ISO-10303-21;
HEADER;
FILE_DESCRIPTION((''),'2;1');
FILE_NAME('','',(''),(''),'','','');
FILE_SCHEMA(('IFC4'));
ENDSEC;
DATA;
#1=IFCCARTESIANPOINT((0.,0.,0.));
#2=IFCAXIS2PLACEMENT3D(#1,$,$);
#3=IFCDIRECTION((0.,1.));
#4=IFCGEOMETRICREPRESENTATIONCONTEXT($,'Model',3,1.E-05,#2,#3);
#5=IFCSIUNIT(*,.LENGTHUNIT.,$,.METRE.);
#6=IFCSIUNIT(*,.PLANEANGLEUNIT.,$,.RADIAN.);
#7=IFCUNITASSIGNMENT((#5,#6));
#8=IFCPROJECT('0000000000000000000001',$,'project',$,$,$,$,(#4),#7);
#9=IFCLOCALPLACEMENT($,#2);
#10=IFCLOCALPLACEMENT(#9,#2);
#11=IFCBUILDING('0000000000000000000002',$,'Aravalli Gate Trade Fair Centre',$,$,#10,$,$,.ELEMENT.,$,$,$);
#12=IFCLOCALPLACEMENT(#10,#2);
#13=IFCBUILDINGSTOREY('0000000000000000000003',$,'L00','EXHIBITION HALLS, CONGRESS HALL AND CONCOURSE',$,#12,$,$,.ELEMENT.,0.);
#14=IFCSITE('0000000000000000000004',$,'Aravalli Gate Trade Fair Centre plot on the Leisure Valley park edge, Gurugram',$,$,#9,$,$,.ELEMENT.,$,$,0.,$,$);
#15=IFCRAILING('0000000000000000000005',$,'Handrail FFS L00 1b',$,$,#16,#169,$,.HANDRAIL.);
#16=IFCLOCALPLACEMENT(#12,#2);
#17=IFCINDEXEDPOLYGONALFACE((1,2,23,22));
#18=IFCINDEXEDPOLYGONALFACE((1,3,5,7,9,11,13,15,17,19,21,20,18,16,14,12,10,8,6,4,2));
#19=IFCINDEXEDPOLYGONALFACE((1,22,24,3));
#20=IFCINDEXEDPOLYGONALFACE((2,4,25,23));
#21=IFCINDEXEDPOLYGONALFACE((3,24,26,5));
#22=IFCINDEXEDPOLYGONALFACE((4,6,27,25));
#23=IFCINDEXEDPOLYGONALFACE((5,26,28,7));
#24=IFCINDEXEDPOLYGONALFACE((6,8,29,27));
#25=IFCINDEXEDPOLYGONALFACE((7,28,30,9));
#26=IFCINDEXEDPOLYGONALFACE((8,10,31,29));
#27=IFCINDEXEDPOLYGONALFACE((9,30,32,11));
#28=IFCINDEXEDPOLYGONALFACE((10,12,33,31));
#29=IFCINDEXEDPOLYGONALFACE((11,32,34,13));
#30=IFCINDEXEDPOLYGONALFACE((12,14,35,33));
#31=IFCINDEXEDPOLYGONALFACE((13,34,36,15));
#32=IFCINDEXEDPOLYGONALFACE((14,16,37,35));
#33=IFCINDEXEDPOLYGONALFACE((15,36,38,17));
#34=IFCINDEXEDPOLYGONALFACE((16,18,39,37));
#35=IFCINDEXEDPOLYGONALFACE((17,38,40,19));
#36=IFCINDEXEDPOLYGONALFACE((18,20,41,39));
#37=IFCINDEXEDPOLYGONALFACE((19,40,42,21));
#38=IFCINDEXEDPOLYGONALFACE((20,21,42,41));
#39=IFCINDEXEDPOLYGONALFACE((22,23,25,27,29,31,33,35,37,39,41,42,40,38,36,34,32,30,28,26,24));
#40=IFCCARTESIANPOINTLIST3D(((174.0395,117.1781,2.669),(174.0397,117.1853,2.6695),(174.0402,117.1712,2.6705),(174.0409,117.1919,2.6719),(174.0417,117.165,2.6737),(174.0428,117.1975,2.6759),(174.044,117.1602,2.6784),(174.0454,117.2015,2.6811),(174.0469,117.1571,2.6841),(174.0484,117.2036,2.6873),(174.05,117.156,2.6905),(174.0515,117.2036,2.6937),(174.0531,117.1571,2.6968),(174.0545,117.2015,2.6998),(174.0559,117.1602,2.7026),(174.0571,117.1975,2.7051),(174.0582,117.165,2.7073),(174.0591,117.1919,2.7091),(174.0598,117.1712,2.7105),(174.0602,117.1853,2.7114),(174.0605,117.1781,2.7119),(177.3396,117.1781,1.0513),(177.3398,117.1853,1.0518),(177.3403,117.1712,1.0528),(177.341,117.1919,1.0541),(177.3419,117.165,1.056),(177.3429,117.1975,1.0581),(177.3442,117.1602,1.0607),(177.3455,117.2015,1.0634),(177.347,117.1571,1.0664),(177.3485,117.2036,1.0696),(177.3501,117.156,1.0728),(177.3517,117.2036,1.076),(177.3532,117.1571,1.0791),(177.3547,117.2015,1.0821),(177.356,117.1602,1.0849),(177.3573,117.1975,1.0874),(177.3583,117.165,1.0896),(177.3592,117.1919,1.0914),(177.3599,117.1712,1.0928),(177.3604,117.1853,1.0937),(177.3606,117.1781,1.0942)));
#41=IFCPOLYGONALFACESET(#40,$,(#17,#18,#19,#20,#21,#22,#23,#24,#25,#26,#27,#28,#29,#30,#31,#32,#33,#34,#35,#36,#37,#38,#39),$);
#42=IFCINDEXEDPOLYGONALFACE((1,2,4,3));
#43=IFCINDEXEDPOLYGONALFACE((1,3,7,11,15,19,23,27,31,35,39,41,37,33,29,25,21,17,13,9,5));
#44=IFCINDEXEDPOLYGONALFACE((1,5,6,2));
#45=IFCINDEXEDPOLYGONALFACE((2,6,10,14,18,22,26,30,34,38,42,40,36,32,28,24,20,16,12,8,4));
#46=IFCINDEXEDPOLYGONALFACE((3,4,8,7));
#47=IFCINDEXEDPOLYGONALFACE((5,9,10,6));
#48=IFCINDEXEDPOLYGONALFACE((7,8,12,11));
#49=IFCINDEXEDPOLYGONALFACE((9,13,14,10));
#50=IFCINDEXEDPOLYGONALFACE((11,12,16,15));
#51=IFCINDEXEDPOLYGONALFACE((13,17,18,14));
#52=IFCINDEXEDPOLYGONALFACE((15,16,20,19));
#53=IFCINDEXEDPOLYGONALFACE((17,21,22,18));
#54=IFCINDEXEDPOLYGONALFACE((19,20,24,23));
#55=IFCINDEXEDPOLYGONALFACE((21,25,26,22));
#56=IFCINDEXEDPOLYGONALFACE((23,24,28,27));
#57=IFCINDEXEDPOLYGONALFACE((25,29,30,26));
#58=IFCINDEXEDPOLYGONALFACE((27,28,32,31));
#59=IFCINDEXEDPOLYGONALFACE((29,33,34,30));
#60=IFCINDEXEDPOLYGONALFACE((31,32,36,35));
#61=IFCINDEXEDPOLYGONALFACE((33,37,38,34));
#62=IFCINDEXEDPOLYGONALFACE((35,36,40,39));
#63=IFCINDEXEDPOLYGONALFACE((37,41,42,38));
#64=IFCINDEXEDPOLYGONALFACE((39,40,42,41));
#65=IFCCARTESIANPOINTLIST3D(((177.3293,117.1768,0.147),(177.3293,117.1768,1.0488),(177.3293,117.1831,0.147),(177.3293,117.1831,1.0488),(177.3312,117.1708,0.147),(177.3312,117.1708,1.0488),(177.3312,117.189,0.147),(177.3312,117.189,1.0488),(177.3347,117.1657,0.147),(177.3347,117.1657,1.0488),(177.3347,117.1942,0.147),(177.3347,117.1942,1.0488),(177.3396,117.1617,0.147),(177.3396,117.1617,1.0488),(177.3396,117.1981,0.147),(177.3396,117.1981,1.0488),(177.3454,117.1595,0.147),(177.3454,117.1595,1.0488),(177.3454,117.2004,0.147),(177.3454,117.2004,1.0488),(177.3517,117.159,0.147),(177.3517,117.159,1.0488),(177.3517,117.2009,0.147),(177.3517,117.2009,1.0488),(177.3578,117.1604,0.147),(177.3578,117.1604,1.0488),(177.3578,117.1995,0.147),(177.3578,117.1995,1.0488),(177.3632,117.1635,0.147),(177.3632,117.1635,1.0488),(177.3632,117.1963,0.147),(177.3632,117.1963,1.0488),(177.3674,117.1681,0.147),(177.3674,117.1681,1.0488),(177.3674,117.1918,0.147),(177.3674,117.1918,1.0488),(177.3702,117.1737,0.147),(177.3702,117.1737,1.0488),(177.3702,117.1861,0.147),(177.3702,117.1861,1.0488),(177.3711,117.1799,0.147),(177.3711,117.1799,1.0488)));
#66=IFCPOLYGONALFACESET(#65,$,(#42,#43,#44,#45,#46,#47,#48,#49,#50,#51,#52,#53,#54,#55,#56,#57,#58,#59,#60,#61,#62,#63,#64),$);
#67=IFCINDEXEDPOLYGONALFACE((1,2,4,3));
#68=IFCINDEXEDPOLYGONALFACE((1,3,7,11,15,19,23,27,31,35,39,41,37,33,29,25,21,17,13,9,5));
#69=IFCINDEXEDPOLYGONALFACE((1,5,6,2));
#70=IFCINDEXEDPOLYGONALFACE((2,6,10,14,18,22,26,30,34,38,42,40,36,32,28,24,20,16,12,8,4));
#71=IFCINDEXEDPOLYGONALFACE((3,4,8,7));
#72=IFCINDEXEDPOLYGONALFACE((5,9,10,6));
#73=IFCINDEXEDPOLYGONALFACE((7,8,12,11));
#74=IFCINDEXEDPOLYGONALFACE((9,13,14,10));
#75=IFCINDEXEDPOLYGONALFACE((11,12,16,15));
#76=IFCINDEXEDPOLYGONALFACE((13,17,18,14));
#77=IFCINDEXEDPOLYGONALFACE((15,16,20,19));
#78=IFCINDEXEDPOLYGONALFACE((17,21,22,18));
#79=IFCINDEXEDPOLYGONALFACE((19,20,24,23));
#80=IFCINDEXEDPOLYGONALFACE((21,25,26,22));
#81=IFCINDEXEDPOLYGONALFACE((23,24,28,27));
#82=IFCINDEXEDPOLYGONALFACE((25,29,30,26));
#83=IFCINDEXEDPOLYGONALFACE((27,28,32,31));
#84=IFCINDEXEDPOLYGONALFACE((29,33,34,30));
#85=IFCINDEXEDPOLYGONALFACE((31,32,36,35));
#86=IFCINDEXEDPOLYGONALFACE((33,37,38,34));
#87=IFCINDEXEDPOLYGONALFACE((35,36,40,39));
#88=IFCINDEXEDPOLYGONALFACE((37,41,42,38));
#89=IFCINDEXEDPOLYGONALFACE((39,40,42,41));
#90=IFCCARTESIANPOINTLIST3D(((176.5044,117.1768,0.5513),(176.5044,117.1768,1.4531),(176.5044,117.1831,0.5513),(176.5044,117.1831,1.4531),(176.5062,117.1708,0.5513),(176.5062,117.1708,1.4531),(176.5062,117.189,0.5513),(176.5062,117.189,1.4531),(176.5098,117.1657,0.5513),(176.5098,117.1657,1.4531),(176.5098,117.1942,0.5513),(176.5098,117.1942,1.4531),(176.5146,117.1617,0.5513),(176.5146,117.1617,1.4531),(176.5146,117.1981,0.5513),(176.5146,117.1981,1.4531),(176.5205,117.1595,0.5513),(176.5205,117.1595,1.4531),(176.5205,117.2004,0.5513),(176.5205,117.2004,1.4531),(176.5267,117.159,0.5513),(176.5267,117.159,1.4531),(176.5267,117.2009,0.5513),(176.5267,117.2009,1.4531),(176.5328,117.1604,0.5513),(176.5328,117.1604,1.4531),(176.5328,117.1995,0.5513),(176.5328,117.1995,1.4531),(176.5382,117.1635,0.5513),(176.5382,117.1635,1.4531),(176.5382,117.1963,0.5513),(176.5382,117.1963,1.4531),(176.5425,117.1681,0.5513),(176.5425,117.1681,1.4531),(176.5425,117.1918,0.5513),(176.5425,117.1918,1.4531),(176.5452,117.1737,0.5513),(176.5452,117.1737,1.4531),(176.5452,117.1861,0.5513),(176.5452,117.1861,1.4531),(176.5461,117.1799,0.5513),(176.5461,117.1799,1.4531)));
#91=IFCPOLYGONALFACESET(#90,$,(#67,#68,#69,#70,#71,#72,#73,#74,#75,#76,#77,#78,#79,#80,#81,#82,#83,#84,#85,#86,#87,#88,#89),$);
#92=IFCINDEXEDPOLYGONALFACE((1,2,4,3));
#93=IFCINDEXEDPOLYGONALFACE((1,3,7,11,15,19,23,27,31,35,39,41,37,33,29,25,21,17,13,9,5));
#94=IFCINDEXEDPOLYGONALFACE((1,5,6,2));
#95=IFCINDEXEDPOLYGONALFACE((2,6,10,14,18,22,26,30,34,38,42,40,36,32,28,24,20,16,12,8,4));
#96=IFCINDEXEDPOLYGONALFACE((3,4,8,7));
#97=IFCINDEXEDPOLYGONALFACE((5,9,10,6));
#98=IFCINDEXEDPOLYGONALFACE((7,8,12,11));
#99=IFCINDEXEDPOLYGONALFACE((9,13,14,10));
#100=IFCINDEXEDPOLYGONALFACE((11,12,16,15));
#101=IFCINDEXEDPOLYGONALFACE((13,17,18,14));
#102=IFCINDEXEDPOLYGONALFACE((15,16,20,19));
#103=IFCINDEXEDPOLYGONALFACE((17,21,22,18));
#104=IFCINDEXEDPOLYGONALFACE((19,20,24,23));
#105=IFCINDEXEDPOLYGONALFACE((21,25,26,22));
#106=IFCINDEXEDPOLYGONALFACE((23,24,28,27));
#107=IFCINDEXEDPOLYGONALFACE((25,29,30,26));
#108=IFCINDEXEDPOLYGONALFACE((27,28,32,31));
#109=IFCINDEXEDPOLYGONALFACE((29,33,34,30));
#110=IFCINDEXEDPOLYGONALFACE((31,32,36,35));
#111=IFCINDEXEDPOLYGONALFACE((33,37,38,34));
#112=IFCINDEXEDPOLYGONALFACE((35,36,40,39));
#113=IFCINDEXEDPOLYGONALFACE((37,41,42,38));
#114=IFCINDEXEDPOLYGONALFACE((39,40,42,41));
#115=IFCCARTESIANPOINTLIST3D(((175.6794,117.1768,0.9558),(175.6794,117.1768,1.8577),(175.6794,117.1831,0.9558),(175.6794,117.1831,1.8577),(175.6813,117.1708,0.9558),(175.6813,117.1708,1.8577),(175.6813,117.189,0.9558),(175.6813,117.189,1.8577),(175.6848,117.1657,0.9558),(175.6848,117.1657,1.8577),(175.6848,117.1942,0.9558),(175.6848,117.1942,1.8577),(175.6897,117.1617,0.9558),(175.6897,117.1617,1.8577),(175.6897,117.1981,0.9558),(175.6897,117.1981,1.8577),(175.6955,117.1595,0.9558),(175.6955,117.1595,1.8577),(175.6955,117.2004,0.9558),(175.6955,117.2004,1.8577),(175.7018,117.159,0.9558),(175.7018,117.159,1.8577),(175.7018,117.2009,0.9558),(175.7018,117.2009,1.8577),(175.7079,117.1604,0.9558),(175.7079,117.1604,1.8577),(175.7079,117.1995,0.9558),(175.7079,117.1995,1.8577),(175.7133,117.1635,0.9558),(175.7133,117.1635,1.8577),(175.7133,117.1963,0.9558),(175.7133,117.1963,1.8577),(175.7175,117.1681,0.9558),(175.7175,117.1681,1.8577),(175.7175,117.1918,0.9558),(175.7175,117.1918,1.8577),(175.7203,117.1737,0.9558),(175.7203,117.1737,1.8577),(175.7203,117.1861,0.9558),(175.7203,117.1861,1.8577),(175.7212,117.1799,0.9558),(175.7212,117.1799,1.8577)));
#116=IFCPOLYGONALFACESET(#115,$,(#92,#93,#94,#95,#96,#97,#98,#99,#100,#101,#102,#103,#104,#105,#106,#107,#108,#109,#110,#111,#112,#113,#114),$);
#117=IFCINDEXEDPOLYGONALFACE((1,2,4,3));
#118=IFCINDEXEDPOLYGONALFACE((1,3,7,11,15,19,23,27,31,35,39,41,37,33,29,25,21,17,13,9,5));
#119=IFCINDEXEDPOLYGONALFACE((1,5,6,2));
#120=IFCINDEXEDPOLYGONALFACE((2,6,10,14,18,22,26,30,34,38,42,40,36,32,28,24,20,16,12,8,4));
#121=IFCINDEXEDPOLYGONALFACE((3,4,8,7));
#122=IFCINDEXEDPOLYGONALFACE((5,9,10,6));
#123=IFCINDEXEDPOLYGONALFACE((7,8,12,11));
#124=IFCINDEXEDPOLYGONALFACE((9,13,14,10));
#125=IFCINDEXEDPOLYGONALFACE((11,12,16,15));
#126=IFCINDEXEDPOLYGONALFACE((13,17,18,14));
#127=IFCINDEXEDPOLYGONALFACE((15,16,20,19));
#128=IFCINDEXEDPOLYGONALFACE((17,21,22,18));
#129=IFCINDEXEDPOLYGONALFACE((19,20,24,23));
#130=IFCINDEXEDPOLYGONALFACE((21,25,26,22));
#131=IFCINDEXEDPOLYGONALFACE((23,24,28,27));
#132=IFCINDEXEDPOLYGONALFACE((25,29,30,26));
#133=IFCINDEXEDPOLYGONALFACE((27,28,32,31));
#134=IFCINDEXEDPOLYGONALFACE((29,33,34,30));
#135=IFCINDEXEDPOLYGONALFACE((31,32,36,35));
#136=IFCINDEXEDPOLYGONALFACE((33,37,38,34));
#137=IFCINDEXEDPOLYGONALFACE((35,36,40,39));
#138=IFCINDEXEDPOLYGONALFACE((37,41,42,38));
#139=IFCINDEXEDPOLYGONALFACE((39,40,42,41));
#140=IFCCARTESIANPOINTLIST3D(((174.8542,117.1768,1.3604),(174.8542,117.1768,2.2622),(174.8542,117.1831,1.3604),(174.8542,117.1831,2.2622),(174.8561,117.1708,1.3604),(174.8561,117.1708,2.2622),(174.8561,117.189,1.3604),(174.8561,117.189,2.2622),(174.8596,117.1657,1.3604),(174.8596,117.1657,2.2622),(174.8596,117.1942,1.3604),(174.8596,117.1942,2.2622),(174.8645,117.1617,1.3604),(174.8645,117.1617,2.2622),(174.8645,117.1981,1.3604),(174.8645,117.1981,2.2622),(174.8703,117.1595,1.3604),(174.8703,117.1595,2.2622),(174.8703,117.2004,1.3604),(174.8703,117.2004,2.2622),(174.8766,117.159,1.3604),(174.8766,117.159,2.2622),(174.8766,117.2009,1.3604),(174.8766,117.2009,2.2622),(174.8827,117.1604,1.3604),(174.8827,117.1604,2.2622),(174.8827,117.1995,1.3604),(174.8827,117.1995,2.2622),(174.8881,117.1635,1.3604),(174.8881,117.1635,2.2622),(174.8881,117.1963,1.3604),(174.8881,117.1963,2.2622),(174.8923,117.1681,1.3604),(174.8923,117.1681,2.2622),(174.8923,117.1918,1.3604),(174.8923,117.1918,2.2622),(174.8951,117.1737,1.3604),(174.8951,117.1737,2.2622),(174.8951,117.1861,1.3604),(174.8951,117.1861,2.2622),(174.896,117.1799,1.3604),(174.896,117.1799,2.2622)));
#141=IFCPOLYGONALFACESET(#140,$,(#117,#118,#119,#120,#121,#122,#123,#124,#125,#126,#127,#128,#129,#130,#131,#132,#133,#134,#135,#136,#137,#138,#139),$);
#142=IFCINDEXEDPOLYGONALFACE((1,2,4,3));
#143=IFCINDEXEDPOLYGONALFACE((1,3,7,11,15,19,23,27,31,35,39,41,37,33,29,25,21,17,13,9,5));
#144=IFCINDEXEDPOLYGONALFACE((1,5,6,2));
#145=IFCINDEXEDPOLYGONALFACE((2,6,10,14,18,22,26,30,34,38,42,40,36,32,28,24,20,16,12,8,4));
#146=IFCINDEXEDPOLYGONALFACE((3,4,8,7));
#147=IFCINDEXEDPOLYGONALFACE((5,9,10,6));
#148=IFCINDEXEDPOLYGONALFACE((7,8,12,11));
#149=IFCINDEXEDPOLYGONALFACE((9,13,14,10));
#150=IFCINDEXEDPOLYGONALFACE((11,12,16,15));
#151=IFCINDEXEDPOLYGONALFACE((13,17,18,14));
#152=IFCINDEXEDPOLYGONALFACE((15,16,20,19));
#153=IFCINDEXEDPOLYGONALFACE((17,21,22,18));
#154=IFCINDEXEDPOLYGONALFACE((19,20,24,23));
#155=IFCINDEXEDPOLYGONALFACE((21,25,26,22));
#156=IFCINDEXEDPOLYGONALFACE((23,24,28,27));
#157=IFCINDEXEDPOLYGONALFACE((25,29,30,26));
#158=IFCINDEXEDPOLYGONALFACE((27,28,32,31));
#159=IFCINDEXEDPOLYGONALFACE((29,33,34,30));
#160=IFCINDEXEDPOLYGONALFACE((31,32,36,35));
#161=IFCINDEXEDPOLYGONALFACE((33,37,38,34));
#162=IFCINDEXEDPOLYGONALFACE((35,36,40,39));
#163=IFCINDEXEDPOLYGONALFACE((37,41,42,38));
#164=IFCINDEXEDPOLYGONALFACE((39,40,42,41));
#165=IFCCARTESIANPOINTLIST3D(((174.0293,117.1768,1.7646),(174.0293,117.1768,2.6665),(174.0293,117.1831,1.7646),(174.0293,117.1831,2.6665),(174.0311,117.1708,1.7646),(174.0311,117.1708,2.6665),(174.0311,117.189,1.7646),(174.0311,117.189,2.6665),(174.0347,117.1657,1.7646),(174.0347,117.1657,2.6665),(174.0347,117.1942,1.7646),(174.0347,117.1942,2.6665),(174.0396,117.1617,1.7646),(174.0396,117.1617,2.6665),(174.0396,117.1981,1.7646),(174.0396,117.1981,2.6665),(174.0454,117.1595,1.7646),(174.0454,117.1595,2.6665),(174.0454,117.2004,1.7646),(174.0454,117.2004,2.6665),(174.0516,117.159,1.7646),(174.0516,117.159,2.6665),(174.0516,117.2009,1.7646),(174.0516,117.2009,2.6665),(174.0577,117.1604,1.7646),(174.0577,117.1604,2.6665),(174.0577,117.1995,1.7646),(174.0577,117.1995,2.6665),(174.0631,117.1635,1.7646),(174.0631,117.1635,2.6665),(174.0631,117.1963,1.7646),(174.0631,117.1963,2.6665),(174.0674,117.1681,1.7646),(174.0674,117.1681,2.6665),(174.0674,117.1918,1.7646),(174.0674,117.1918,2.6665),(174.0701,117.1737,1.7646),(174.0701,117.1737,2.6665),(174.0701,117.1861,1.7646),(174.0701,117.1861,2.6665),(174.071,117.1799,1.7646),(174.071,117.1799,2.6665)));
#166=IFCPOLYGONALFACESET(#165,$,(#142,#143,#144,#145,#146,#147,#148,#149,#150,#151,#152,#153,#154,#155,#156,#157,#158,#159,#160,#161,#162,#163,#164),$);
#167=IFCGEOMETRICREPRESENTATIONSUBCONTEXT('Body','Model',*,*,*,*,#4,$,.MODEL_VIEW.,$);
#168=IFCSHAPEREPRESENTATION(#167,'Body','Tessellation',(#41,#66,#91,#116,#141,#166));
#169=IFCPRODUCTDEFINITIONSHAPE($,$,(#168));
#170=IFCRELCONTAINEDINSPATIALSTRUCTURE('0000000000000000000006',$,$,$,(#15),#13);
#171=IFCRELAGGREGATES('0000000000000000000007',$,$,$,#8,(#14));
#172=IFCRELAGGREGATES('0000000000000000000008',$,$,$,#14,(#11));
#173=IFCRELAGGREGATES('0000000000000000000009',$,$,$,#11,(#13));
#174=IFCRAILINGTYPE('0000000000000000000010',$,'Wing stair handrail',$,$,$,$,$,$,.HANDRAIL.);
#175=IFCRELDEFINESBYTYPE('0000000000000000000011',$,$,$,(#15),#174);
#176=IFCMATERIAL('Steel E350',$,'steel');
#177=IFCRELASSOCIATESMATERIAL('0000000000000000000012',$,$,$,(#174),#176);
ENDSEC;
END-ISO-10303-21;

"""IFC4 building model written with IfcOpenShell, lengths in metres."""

from ifc_helpers import new_model, si_unit, direction, frame, origin, origin_2d, place, context, subcontext, project, spatial, circle, extrude, material, type_object, element, save


model = new_model("IFC4")

# Units and contexts
model_context = context("Model", 3, precision=1e-05, world=origin(), true_north=direction((0.0, 1.0)))
body_context = subcontext(model_context, "Body", "Model", "MODEL_VIEW")
ifc_project = project(units=[si_unit("LENGTHUNIT", "METRE"), si_unit("PLANEANGLEUNIT", "RADIAN")], contexts=[model_context])

# Site, building, storey
site_placement = place(None, origin())
site = spatial("IfcSite", under=ifc_project, at=site_placement, Name="Aravalli Gate Trade Fair Centre plot on the Leisure Valley park edge, Gurugram", CompositionType="ELEMENT", RefElevation=0.0)
building_placement = place(site_placement, origin())
building = spatial("IfcBuilding", under=site, at=building_placement, Name="Aravalli Gate Trade Fair Centre", CompositionType="ELEMENT")
storey_placement = place(building_placement, origin())
storey = spatial("IfcBuildingStorey", under=building, at=storey_placement, Name="L00", Description="EXHIBITION HALLS, CONGRESS HALL AND CONCOURSE", CompositionType="ELEMENT", Elevation=0.0)

# Railing
ifc_material_1 = material(Name="Steel E350", Category="steel")
railing_type_1 = type_object("IfcRailingType", Name="Wing stair handrail", PredefinedType="HANDRAIL", material=ifc_material_1)
railing_1_placement = place(storey_placement, frame((177.3501, 117.1799, 0.147)))
element("IfcRailing", 1, at=railing_1_placement, inside=storey, type_object=railing_type_1, Name="Handrail FFS L00 1b", PredefinedType="HANDRAIL", context=body_context, shape_type="SweptSolid", body=[
    extrude(circle(Radius=0.0239, at=origin_2d()), frame((0.0, 0.0, 0.9258), z_axis=(-0.89792, 0.0, 0.440158), x_axis=(0.0, -1.0, 0.0)), (0.0, 0.0, 1.0), 3.6753),
    extrude(circle(Radius=0.021, at=origin_2d()), origin(), (0.0, 0.0, 1.0), 0.9019),
    extrude(circle(Radius=0.021, at=origin_2d()), frame((-0.825, 0.0, 0.4043)), (0.0, 0.0, 1.0), 0.9019),
    extrude(circle(Radius=0.021, at=origin_2d()), frame((-1.6499, 0.0, 0.8088)), (0.0, 0.0, 1.0), 0.9019),
    extrude(circle(Radius=0.021, at=origin_2d()), frame((-2.4751, 0.0, 1.2134)), (0.0, 0.0, 1.0), 0.9019),
    extrude(circle(Radius=0.021, at=origin_2d()), frame((-3.3, 0.0, 1.6177)), (0.0, 0.0, 1.0), 0.9019),
])

save(model, "model.ifc")
